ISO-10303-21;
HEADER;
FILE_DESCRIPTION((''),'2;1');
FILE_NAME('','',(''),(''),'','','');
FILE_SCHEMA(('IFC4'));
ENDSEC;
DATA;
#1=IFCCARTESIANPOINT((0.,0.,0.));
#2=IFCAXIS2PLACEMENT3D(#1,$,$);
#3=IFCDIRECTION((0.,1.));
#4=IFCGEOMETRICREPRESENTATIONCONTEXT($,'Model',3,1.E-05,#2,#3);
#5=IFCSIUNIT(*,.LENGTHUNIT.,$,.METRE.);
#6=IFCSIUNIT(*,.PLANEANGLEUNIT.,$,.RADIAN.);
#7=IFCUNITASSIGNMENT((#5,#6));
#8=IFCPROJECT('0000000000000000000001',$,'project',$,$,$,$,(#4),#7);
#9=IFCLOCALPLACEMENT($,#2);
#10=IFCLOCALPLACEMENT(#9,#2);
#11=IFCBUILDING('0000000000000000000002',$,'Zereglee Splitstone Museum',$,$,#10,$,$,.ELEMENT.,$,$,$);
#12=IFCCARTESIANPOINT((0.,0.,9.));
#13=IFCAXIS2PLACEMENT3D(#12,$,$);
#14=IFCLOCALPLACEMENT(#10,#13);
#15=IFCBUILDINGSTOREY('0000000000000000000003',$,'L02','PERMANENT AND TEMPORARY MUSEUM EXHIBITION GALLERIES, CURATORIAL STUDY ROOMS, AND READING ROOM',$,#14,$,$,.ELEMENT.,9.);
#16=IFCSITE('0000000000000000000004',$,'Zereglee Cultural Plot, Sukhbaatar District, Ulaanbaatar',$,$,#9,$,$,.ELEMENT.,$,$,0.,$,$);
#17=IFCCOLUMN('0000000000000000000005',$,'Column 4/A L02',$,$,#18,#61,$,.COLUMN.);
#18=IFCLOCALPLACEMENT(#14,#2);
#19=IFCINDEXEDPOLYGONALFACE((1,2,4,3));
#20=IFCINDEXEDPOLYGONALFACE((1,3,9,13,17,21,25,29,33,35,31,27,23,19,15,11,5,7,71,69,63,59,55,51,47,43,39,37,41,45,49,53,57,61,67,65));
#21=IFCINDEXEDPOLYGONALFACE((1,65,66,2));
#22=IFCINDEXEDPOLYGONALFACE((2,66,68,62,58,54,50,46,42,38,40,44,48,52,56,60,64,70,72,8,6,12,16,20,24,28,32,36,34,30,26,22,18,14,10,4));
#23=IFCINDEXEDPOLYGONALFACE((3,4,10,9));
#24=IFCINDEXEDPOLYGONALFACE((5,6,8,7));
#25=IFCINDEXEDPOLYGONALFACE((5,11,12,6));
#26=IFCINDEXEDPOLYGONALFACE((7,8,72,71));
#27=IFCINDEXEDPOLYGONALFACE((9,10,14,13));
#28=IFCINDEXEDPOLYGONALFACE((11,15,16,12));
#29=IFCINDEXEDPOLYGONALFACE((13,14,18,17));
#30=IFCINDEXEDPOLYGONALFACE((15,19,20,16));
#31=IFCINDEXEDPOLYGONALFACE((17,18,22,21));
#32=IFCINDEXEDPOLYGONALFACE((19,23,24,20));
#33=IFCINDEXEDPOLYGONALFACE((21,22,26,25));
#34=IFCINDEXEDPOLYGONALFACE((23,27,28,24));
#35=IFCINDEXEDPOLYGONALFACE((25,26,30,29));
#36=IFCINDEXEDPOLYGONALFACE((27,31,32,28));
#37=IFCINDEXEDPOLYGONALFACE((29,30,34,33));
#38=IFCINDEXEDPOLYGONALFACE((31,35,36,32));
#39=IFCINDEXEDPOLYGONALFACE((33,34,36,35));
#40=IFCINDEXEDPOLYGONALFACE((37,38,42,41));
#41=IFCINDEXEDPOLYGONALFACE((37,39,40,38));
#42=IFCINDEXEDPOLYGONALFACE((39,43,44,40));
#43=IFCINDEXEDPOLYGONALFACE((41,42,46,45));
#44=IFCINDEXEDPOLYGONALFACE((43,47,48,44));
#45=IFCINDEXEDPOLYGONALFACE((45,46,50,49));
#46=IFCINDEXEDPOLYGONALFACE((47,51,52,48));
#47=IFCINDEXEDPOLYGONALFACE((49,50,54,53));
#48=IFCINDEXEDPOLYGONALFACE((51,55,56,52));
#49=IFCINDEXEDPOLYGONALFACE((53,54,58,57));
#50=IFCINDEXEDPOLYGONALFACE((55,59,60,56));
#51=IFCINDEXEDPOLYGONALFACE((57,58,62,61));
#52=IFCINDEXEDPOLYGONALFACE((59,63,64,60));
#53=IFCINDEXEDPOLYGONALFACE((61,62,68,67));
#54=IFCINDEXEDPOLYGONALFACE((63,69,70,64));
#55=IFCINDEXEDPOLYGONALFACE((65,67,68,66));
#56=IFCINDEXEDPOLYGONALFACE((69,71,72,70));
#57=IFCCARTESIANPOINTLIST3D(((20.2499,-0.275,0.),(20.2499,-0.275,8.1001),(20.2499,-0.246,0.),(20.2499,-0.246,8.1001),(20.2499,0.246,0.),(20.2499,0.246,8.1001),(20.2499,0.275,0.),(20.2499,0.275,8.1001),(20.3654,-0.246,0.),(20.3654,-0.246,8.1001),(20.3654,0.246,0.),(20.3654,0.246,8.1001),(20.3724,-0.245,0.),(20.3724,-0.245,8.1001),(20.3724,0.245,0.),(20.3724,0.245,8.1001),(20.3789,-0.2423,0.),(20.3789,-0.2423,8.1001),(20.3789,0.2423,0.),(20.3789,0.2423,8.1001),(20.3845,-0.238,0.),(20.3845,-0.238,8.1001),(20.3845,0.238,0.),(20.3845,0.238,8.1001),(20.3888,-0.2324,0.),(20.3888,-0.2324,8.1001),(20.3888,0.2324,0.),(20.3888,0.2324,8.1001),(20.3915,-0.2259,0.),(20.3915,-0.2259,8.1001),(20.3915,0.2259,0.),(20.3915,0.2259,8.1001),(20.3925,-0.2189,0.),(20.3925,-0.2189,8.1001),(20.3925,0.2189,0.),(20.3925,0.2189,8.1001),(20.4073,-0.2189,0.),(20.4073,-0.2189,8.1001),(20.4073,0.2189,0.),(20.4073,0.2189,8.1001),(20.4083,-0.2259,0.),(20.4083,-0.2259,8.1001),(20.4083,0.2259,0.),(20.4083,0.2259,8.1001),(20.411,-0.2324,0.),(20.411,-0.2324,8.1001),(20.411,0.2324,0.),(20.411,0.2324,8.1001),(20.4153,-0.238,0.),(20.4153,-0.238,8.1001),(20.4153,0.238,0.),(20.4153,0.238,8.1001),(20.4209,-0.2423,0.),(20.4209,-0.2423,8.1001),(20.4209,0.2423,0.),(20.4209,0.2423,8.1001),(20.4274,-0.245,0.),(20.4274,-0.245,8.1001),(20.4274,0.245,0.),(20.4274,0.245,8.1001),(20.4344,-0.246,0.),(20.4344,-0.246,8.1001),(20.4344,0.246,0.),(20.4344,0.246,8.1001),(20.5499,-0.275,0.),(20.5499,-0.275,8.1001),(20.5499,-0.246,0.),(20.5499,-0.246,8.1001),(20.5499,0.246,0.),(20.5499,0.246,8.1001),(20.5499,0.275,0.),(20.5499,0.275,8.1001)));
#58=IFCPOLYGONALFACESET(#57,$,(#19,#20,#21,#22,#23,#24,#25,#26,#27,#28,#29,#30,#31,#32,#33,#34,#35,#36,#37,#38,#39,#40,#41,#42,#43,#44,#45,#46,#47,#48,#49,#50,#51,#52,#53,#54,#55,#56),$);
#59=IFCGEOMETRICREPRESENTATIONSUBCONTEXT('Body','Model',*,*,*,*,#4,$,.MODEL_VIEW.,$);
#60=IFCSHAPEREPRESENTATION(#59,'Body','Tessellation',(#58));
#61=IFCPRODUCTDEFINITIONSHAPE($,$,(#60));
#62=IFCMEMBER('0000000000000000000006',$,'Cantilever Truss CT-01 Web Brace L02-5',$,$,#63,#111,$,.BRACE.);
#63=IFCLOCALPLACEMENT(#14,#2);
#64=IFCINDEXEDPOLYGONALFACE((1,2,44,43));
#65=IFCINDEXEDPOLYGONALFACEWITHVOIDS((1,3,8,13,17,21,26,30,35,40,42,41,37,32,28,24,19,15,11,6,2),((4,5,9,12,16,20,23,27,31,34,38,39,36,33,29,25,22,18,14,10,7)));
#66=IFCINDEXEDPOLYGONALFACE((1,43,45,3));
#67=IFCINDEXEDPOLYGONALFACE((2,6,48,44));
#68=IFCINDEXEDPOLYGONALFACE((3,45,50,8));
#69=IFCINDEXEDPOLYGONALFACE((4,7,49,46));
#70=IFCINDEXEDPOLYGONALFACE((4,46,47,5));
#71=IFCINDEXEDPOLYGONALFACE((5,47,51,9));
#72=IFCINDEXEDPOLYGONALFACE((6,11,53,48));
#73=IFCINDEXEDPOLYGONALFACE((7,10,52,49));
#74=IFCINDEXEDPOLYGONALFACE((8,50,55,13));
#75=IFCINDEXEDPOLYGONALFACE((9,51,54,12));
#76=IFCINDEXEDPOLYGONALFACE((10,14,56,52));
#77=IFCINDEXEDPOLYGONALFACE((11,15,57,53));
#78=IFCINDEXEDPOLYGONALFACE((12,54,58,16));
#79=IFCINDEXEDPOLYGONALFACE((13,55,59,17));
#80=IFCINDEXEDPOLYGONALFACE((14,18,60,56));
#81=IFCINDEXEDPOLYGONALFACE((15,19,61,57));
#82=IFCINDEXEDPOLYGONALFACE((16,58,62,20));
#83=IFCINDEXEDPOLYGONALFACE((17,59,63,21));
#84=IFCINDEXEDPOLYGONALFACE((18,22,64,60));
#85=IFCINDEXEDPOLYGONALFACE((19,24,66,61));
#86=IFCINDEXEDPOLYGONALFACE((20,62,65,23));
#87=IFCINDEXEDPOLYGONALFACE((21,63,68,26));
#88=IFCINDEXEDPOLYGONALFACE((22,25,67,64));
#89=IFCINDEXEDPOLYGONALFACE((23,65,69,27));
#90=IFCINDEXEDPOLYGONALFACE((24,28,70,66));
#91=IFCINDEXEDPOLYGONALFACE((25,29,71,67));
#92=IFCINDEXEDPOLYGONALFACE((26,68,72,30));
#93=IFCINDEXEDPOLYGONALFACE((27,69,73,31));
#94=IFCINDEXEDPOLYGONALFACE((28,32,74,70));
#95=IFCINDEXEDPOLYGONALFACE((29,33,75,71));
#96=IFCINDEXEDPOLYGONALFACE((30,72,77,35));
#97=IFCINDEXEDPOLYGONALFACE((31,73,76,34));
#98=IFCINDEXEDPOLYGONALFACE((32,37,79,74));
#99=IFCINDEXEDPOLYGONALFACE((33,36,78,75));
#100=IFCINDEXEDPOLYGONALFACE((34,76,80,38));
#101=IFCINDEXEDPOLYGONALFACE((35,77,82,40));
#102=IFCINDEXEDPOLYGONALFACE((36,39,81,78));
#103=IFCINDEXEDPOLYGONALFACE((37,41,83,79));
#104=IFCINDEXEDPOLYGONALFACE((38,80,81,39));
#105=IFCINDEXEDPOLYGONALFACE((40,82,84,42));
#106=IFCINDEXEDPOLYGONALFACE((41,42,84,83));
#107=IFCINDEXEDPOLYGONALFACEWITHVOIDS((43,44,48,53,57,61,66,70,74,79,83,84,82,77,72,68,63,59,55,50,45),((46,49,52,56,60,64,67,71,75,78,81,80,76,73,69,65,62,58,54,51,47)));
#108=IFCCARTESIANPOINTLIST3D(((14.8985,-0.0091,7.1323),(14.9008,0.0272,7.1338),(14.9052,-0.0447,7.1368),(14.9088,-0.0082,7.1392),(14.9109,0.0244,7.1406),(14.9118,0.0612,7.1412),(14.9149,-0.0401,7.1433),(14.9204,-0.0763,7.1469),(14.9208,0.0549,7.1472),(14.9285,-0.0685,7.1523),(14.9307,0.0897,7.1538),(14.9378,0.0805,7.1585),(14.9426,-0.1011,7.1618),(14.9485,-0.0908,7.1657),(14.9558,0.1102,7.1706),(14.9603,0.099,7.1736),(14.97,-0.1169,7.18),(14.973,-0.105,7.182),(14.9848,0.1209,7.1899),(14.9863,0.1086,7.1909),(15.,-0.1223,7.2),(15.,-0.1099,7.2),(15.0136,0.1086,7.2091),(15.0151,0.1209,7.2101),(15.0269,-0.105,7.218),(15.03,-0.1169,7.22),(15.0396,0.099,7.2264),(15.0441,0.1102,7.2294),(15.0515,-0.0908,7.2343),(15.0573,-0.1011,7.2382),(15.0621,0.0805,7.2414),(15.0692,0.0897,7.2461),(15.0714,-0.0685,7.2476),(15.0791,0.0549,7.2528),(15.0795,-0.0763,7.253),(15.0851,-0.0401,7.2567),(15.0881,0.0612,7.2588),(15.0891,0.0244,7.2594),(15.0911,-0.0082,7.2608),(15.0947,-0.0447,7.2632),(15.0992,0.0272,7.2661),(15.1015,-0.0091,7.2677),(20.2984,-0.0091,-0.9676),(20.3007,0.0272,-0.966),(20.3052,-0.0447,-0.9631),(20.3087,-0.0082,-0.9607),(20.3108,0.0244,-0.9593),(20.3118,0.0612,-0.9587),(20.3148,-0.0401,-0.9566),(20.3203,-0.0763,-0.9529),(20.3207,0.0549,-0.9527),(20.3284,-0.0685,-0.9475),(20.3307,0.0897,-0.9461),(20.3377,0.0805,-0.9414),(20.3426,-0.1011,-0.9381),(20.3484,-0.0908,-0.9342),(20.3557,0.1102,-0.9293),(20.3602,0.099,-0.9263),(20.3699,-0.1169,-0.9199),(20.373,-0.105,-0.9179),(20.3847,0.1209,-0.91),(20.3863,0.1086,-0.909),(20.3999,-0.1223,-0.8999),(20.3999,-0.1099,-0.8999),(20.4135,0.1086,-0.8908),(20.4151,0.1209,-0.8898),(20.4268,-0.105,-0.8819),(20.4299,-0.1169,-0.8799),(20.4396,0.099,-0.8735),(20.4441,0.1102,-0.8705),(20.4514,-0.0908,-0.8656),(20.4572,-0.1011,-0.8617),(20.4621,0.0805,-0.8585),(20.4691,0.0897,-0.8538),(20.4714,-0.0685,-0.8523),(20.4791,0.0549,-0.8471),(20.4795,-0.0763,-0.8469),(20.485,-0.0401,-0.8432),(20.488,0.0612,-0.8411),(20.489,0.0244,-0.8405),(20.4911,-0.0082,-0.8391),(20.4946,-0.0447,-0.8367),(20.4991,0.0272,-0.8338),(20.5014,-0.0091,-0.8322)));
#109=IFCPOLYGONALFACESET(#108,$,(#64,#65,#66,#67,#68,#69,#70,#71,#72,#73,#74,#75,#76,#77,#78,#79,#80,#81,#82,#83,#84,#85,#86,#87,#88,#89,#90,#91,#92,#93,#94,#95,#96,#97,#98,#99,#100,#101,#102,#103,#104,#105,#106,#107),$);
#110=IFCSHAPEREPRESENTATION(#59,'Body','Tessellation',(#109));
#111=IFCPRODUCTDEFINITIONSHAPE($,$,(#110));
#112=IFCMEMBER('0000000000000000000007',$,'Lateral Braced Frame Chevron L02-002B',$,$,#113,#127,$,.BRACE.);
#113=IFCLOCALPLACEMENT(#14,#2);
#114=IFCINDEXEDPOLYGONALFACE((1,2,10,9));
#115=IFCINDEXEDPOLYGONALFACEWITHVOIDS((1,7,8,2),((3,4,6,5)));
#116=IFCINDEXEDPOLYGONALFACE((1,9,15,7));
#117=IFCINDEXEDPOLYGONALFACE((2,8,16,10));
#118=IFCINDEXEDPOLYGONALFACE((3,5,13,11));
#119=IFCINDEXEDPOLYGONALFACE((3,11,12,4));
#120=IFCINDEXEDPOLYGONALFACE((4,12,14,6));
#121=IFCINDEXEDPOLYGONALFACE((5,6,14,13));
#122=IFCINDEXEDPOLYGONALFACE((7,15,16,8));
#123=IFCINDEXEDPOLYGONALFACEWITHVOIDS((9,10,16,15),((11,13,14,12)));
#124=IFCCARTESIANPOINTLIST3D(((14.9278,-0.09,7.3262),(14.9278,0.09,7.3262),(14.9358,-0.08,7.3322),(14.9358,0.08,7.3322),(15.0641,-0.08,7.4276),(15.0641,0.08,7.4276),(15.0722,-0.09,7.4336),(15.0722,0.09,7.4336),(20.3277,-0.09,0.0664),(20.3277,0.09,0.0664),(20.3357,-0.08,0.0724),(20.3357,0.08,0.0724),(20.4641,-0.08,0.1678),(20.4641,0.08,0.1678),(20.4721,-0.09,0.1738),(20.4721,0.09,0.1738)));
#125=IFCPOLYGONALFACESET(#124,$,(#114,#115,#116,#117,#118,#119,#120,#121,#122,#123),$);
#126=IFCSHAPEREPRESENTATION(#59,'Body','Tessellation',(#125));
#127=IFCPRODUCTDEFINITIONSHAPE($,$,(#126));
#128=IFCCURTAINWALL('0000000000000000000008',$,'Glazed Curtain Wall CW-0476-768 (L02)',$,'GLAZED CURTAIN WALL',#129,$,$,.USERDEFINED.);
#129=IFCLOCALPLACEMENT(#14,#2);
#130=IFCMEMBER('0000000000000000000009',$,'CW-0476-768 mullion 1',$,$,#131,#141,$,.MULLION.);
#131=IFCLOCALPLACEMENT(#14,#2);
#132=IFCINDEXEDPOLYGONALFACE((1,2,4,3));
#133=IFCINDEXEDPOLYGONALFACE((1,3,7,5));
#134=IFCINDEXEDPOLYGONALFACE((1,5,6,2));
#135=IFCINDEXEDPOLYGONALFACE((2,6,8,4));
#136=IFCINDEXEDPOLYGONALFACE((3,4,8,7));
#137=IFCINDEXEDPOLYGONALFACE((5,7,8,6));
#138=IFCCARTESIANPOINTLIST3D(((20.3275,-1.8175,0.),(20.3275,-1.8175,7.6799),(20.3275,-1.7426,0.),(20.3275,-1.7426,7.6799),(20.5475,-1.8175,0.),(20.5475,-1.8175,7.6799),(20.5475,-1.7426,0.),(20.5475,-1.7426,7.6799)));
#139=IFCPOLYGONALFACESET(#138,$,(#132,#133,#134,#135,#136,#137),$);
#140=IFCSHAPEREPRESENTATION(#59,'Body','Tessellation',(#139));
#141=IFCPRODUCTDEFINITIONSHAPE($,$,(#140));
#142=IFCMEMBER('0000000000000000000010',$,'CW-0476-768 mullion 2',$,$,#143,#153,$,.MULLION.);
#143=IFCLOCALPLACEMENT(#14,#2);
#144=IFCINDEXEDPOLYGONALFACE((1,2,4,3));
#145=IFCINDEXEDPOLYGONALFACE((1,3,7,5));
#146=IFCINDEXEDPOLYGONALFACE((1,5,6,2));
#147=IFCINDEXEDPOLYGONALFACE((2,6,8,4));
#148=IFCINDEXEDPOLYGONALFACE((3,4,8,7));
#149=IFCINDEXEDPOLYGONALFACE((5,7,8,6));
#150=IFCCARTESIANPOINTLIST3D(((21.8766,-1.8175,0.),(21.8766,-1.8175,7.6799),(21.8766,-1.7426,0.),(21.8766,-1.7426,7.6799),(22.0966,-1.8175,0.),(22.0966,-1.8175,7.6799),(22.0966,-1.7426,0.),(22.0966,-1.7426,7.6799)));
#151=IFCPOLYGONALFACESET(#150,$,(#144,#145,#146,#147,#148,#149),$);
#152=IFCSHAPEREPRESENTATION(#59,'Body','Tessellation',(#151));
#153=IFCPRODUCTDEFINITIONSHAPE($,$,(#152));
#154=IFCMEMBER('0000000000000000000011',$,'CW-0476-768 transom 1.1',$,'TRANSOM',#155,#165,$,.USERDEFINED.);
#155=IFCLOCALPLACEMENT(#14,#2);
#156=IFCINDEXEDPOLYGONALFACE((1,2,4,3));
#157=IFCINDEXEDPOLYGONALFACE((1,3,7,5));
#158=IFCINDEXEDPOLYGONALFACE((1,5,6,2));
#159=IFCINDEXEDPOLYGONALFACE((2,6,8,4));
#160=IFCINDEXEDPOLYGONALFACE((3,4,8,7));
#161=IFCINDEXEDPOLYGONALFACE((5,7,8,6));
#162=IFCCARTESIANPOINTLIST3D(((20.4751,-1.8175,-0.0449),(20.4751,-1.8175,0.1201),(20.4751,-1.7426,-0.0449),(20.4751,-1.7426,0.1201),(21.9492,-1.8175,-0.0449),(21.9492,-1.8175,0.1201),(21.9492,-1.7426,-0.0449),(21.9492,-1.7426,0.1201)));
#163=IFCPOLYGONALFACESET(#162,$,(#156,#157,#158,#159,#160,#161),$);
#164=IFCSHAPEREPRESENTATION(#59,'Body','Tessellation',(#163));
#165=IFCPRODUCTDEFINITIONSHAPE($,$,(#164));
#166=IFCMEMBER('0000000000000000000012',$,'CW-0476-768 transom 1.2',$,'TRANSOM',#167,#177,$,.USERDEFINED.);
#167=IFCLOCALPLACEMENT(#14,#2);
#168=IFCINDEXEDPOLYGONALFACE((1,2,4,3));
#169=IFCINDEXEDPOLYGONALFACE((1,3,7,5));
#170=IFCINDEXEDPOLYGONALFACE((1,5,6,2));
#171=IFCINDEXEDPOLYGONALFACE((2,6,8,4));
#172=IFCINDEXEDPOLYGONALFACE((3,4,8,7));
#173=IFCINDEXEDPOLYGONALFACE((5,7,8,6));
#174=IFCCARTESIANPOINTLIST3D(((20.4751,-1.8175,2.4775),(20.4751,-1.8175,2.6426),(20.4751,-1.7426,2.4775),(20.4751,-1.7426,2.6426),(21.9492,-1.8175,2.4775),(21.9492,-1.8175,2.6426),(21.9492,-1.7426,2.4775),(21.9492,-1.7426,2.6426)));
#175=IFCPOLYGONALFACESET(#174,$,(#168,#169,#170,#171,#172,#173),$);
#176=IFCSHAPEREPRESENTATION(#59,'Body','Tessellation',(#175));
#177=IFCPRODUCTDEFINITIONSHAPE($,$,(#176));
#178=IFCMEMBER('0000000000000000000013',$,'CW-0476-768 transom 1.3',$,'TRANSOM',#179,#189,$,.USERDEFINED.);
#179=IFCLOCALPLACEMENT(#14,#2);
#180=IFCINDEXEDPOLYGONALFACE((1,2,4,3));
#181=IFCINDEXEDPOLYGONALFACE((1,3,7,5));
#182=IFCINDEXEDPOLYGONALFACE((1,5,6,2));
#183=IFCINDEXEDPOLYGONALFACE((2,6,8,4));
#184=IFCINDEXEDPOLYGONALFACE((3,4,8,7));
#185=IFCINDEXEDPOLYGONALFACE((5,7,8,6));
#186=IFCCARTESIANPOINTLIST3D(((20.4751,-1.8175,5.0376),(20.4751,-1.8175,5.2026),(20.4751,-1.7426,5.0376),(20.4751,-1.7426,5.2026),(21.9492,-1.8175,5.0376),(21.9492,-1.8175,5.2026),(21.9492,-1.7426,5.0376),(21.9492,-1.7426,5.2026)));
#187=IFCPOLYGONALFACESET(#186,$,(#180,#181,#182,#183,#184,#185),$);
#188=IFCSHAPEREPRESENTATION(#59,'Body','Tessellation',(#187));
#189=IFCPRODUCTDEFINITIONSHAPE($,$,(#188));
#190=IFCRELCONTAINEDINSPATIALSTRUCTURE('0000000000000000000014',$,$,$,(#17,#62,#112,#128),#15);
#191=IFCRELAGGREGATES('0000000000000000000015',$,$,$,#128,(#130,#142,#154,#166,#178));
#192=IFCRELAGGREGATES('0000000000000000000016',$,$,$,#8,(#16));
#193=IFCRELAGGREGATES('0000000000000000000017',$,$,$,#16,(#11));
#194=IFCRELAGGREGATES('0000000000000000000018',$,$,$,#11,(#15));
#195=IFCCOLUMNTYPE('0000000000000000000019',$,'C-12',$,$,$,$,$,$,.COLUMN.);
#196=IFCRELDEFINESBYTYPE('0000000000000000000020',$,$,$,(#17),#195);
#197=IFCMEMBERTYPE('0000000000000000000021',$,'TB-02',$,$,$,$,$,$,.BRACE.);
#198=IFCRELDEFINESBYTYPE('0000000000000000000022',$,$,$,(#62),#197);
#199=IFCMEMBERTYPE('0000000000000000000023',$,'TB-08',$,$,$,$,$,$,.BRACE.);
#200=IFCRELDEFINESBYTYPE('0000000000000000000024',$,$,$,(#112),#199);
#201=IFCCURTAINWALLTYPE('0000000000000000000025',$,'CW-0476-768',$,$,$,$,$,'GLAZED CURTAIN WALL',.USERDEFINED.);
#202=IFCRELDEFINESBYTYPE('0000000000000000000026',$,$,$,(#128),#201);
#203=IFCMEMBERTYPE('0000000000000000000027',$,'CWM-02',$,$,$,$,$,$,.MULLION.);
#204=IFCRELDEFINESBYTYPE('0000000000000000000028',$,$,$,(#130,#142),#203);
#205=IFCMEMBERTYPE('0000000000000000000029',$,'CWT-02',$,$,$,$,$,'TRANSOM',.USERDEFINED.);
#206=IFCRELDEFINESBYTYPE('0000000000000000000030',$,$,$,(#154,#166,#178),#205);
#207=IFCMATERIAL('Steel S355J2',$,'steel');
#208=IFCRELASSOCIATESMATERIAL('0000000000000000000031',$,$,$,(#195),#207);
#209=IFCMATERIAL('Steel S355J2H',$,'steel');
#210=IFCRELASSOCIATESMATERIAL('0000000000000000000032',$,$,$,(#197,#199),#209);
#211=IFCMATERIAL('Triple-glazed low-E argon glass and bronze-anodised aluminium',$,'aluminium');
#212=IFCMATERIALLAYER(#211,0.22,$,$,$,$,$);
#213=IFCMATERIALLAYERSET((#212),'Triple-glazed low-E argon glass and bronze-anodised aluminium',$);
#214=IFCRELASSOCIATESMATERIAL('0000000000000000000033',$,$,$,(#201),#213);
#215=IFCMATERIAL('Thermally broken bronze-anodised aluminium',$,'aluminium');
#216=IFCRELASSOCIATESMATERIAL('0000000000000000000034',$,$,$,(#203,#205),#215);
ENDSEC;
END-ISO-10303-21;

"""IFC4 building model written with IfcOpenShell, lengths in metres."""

from ifc_helpers import new_model, si_unit, direction, frame, origin, origin_2d, place, context, subcontext, project, spatial, rectangle, hollow_rectangle, hollow_circle, i_section, extrude, material, layer, layer_set, material_profile, profile_set, type_object, element, aggregate, save


model = new_model("IFC4")

# Units and contexts
model_context = context("Model", 3, precision=1e-05, world=origin(), true_north=direction((0.0, 1.0)))
body_context = subcontext(model_context, "Body", "Model", "MODEL_VIEW")
ifc_project = project(units=[si_unit("LENGTHUNIT", "METRE"), si_unit("PLANEANGLEUNIT", "RADIAN")], contexts=[model_context])

# Site, building, storey
site_placement = place(None, origin())
site = spatial("IfcSite", under=ifc_project, at=site_placement, Name="Zereglee Cultural Plot, Sukhbaatar District, Ulaanbaatar", CompositionType="ELEMENT", RefElevation=0.0)
building_placement = place(site_placement, origin())
building = spatial("IfcBuilding", under=site, at=building_placement, Name="Zereglee Splitstone Museum", CompositionType="ELEMENT")
storey_placement = place(building_placement, frame((0.0, 0.0, 9.0)))
storey = spatial("IfcBuildingStorey", under=building, at=storey_placement, Name="L02", Description="PERMANENT AND TEMPORARY MUSEUM EXHIBITION GALLERIES, CURATORIAL STUDY ROOMS, AND READING ROOM", CompositionType="ELEMENT", Elevation=9.0)

# Column
ifc_material_1 = material(Name="Steel S355J2", Category="steel")
ifc_material_profile_1 = material_profile(ifc_material_1, i_section(OverallWidth=0.3, OverallDepth=0.55, WebThickness=0.0149, FlangeThickness=0.0291, FilletRadius=0.0271, at=origin_2d()), Name="HE 550 B")
ifc_profile_set_1 = profile_set([ifc_material_profile_1], Name="Steel S355J2")
column_type = type_object("IfcColumnType", Name="C-12", PredefinedType="COLUMN", material=ifc_profile_set_1)
column_placement = place(storey_placement, frame((20.3999, 0.0, 0.0), z_axis=(0.0, 0.0, 1.0), x_axis=(1.0, 0.0, 0.0)))
element("IfcColumn", 1, at=column_placement, inside=storey, type_object=column_type, Name="Column 4/A L02", PredefinedType="COLUMN", context=body_context, shape_type="SweptSolid", body=[
    extrude(i_section(OverallWidth=0.3, OverallDepth=0.55, WebThickness=0.0149, FlangeThickness=0.0291, FilletRadius=0.0271, at=origin_2d()), origin(), (0.0, 0.0, 1.0), 8.1001),
])

# Members
ifc_material_2 = material(Name="Steel S355J2H", Category="steel")
ifc_material_profile_2 = material_profile(ifc_material_2, hollow_circle(Radius=0.1223, WallThickness=0.0125, at=origin_2d()), Name="CHS 244.5x12.5")
ifc_profile_set_2 = profile_set([ifc_material_profile_2], Name="Steel S355J2H")
member_type_1 = type_object("IfcMemberType", Name="TB-02", PredefinedType="BRACE", material=ifc_profile_set_2)
member_1_placement = place(storey_placement, frame((20.3999, 0.0, -0.8999), z_axis=(-0.5547, 0.0, 0.83205), x_axis=(0.0, -1.0, 0.0)))
element("IfcMember", 2, at=member_1_placement, inside=storey, type_object=member_type_1, Name="Cantilever Truss CT-01 Web Brace L02-5", PredefinedType="BRACE", context=body_context, shape_type="SweptSolid", body=[
    extrude(hollow_circle(Radius=0.1223, WallThickness=0.0125, at=origin_2d()), origin(), (0.0, 0.0, 1.0), 9.7349),
])
ifc_material_profile_3 = material_profile(ifc_material_2, hollow_rectangle(XDim=0.1799, YDim=0.1799, WallThickness=0.01, at=origin_2d()), Name="SHS 180x180x10")
ifc_profile_set_3 = profile_set([ifc_material_profile_3], Name="Steel S355J2H")
member_type_2 = type_object("IfcMemberType", Name="TB-08", PredefinedType="BRACE", material=ifc_profile_set_3)
member_2_placement = place(storey_placement, frame((20.3999, 0.0, 0.1201), z_axis=(-0.596818, 0.0, 0.802377), x_axis=(0.0, -1.0, 0.0)))
element("IfcMember", 3, at=member_2_placement, inside=storey, type_object=member_type_2, Name="Lateral Braced Frame Chevron L02-002B", PredefinedType="BRACE", context=body_context, shape_type="SweptSolid", body=[
    extrude(hollow_rectangle(XDim=0.1799, YDim=0.1799, WallThickness=0.01, at=origin_2d()), origin(), (0.0, 0.0, 1.0), 9.0479),
])

# Curtain wall, members
ifc_material_3 = material(Name="Triple-glazed low-E argon glass and bronze-anodised aluminium", Category="aluminium")
ifc_layer_1 = layer(ifc_material_3, 0.22)
ifc_layer_set_1 = layer_set([ifc_layer_1], Name="Triple-glazed low-E argon glass and bronze-anodised aluminium")
curtain_wall_type = type_object("IfcCurtainWallType", Name="CW-0476-768", ElementType="GLAZED CURTAIN WALL", PredefinedType="USERDEFINED", material=ifc_layer_set_1)
curtain_wall_placement = place(storey_placement, origin())
curtain_wall = element("IfcCurtainWall", 4, at=curtain_wall_placement, inside=storey, type_object=curtain_wall_type, Name="Glazed Curtain Wall CW-0476-768 (L02)", ObjectType="GLAZED CURTAIN WALL", PredefinedType="USERDEFINED")
ifc_material_4 = material(Name="Thermally broken bronze-anodised aluminium", Category="aluminium")
ifc_material_profile_4 = material_profile(ifc_material_4, rectangle(XDim=0.075, YDim=0.22, at=origin_2d()), Name="CW MULL 75x220")
ifc_profile_set_4 = profile_set([ifc_material_profile_4], Name="Thermally broken bronze-anodised aluminium")
member_type_3 = type_object("IfcMemberType", Name="CWM-02", PredefinedType="MULLION", material=ifc_profile_set_4)
member_3_placement = place(storey_placement, frame((20.4375, -1.78, 0.0), z_axis=(0.0, 0.0, 1.0), x_axis=(0.0, 1.0, 0.0)))
member_3 = element("IfcMember", 5, at=member_3_placement, type_object=member_type_3, Name="CW-0476-768 mullion 1", PredefinedType="MULLION", context=body_context, shape_type="SweptSolid", body=[
    extrude(rectangle(XDim=0.075, YDim=0.22, at=origin_2d()), origin(), (0.0, 0.0, 1.0), 7.6799),
])
member_4_placement = place(storey_placement, frame((21.9866, -1.78, 0.0), z_axis=(0.0, 0.0, 1.0), x_axis=(0.0, 1.0, 0.0)))
member_4 = element("IfcMember", 6, at=member_4_placement, type_object=member_type_3, Name="CW-0476-768 mullion 2", PredefinedType="MULLION", context=body_context, shape_type="SweptSolid", body=[
    extrude(rectangle(XDim=0.075, YDim=0.22, at=origin_2d()), origin(), (0.0, 0.0, 1.0), 7.6799),
])
ifc_material_profile_5 = material_profile(ifc_material_4, rectangle(XDim=0.075, YDim=0.165, at=origin_2d()), Name="CW TRAN 75x165")
ifc_profile_set_5 = profile_set([ifc_material_profile_5], Name="Thermally broken bronze-anodised aluminium")
member_type_4 = type_object("IfcMemberType", Name="CWT-02", ElementType="TRANSOM", PredefinedType="USERDEFINED", material=ifc_profile_set_5)
member_5_placement = place(storey_placement, frame((20.4751, -1.78, 0.0376), z_axis=(1.0, 0.0, 0.0), x_axis=(0.0, 1.0, 0.0)))
member_5 = element("IfcMember", 7, at=member_5_placement, type_object=member_type_4, Name="CW-0476-768 transom 1.1", ObjectType="TRANSOM", PredefinedType="USERDEFINED", context=body_context, shape_type="SweptSolid", body=[
    extrude(rectangle(XDim=0.075, YDim=0.165, at=origin_2d()), origin(), (0.0, 0.0, 1.0), 1.4741),
])
member_6_placement = place(storey_placement, frame((20.4751, -1.78, 2.5601), z_axis=(1.0, 0.0, 0.0), x_axis=(0.0, 1.0, 0.0)))
member_6 = element("IfcMember", 8, at=member_6_placement, type_object=member_type_4, Name="CW-0476-768 transom 1.2", ObjectType="TRANSOM", PredefinedType="USERDEFINED", context=body_context, shape_type="SweptSolid", body=[
    extrude(rectangle(XDim=0.075, YDim=0.165, at=origin_2d()), origin(), (0.0, 0.0, 1.0), 1.4741),
])
member_7_placement = place(storey_placement, frame((20.4751, -1.78, 5.1201), z_axis=(1.0, 0.0, 0.0), x_axis=(0.0, 1.0, 0.0)))
member_7 = element("IfcMember", 9, at=member_7_placement, type_object=member_type_4, Name="CW-0476-768 transom 1.3", ObjectType="TRANSOM", PredefinedType="USERDEFINED", context=body_context, shape_type="SweptSolid", body=[
    extrude(rectangle(XDim=0.075, YDim=0.165, at=origin_2d()), origin(), (0.0, 0.0, 1.0), 1.4741),
])

aggregate(curtain_wall, [member_3, member_4, member_5, member_6, member_7])

save(model, "model.ifc")
